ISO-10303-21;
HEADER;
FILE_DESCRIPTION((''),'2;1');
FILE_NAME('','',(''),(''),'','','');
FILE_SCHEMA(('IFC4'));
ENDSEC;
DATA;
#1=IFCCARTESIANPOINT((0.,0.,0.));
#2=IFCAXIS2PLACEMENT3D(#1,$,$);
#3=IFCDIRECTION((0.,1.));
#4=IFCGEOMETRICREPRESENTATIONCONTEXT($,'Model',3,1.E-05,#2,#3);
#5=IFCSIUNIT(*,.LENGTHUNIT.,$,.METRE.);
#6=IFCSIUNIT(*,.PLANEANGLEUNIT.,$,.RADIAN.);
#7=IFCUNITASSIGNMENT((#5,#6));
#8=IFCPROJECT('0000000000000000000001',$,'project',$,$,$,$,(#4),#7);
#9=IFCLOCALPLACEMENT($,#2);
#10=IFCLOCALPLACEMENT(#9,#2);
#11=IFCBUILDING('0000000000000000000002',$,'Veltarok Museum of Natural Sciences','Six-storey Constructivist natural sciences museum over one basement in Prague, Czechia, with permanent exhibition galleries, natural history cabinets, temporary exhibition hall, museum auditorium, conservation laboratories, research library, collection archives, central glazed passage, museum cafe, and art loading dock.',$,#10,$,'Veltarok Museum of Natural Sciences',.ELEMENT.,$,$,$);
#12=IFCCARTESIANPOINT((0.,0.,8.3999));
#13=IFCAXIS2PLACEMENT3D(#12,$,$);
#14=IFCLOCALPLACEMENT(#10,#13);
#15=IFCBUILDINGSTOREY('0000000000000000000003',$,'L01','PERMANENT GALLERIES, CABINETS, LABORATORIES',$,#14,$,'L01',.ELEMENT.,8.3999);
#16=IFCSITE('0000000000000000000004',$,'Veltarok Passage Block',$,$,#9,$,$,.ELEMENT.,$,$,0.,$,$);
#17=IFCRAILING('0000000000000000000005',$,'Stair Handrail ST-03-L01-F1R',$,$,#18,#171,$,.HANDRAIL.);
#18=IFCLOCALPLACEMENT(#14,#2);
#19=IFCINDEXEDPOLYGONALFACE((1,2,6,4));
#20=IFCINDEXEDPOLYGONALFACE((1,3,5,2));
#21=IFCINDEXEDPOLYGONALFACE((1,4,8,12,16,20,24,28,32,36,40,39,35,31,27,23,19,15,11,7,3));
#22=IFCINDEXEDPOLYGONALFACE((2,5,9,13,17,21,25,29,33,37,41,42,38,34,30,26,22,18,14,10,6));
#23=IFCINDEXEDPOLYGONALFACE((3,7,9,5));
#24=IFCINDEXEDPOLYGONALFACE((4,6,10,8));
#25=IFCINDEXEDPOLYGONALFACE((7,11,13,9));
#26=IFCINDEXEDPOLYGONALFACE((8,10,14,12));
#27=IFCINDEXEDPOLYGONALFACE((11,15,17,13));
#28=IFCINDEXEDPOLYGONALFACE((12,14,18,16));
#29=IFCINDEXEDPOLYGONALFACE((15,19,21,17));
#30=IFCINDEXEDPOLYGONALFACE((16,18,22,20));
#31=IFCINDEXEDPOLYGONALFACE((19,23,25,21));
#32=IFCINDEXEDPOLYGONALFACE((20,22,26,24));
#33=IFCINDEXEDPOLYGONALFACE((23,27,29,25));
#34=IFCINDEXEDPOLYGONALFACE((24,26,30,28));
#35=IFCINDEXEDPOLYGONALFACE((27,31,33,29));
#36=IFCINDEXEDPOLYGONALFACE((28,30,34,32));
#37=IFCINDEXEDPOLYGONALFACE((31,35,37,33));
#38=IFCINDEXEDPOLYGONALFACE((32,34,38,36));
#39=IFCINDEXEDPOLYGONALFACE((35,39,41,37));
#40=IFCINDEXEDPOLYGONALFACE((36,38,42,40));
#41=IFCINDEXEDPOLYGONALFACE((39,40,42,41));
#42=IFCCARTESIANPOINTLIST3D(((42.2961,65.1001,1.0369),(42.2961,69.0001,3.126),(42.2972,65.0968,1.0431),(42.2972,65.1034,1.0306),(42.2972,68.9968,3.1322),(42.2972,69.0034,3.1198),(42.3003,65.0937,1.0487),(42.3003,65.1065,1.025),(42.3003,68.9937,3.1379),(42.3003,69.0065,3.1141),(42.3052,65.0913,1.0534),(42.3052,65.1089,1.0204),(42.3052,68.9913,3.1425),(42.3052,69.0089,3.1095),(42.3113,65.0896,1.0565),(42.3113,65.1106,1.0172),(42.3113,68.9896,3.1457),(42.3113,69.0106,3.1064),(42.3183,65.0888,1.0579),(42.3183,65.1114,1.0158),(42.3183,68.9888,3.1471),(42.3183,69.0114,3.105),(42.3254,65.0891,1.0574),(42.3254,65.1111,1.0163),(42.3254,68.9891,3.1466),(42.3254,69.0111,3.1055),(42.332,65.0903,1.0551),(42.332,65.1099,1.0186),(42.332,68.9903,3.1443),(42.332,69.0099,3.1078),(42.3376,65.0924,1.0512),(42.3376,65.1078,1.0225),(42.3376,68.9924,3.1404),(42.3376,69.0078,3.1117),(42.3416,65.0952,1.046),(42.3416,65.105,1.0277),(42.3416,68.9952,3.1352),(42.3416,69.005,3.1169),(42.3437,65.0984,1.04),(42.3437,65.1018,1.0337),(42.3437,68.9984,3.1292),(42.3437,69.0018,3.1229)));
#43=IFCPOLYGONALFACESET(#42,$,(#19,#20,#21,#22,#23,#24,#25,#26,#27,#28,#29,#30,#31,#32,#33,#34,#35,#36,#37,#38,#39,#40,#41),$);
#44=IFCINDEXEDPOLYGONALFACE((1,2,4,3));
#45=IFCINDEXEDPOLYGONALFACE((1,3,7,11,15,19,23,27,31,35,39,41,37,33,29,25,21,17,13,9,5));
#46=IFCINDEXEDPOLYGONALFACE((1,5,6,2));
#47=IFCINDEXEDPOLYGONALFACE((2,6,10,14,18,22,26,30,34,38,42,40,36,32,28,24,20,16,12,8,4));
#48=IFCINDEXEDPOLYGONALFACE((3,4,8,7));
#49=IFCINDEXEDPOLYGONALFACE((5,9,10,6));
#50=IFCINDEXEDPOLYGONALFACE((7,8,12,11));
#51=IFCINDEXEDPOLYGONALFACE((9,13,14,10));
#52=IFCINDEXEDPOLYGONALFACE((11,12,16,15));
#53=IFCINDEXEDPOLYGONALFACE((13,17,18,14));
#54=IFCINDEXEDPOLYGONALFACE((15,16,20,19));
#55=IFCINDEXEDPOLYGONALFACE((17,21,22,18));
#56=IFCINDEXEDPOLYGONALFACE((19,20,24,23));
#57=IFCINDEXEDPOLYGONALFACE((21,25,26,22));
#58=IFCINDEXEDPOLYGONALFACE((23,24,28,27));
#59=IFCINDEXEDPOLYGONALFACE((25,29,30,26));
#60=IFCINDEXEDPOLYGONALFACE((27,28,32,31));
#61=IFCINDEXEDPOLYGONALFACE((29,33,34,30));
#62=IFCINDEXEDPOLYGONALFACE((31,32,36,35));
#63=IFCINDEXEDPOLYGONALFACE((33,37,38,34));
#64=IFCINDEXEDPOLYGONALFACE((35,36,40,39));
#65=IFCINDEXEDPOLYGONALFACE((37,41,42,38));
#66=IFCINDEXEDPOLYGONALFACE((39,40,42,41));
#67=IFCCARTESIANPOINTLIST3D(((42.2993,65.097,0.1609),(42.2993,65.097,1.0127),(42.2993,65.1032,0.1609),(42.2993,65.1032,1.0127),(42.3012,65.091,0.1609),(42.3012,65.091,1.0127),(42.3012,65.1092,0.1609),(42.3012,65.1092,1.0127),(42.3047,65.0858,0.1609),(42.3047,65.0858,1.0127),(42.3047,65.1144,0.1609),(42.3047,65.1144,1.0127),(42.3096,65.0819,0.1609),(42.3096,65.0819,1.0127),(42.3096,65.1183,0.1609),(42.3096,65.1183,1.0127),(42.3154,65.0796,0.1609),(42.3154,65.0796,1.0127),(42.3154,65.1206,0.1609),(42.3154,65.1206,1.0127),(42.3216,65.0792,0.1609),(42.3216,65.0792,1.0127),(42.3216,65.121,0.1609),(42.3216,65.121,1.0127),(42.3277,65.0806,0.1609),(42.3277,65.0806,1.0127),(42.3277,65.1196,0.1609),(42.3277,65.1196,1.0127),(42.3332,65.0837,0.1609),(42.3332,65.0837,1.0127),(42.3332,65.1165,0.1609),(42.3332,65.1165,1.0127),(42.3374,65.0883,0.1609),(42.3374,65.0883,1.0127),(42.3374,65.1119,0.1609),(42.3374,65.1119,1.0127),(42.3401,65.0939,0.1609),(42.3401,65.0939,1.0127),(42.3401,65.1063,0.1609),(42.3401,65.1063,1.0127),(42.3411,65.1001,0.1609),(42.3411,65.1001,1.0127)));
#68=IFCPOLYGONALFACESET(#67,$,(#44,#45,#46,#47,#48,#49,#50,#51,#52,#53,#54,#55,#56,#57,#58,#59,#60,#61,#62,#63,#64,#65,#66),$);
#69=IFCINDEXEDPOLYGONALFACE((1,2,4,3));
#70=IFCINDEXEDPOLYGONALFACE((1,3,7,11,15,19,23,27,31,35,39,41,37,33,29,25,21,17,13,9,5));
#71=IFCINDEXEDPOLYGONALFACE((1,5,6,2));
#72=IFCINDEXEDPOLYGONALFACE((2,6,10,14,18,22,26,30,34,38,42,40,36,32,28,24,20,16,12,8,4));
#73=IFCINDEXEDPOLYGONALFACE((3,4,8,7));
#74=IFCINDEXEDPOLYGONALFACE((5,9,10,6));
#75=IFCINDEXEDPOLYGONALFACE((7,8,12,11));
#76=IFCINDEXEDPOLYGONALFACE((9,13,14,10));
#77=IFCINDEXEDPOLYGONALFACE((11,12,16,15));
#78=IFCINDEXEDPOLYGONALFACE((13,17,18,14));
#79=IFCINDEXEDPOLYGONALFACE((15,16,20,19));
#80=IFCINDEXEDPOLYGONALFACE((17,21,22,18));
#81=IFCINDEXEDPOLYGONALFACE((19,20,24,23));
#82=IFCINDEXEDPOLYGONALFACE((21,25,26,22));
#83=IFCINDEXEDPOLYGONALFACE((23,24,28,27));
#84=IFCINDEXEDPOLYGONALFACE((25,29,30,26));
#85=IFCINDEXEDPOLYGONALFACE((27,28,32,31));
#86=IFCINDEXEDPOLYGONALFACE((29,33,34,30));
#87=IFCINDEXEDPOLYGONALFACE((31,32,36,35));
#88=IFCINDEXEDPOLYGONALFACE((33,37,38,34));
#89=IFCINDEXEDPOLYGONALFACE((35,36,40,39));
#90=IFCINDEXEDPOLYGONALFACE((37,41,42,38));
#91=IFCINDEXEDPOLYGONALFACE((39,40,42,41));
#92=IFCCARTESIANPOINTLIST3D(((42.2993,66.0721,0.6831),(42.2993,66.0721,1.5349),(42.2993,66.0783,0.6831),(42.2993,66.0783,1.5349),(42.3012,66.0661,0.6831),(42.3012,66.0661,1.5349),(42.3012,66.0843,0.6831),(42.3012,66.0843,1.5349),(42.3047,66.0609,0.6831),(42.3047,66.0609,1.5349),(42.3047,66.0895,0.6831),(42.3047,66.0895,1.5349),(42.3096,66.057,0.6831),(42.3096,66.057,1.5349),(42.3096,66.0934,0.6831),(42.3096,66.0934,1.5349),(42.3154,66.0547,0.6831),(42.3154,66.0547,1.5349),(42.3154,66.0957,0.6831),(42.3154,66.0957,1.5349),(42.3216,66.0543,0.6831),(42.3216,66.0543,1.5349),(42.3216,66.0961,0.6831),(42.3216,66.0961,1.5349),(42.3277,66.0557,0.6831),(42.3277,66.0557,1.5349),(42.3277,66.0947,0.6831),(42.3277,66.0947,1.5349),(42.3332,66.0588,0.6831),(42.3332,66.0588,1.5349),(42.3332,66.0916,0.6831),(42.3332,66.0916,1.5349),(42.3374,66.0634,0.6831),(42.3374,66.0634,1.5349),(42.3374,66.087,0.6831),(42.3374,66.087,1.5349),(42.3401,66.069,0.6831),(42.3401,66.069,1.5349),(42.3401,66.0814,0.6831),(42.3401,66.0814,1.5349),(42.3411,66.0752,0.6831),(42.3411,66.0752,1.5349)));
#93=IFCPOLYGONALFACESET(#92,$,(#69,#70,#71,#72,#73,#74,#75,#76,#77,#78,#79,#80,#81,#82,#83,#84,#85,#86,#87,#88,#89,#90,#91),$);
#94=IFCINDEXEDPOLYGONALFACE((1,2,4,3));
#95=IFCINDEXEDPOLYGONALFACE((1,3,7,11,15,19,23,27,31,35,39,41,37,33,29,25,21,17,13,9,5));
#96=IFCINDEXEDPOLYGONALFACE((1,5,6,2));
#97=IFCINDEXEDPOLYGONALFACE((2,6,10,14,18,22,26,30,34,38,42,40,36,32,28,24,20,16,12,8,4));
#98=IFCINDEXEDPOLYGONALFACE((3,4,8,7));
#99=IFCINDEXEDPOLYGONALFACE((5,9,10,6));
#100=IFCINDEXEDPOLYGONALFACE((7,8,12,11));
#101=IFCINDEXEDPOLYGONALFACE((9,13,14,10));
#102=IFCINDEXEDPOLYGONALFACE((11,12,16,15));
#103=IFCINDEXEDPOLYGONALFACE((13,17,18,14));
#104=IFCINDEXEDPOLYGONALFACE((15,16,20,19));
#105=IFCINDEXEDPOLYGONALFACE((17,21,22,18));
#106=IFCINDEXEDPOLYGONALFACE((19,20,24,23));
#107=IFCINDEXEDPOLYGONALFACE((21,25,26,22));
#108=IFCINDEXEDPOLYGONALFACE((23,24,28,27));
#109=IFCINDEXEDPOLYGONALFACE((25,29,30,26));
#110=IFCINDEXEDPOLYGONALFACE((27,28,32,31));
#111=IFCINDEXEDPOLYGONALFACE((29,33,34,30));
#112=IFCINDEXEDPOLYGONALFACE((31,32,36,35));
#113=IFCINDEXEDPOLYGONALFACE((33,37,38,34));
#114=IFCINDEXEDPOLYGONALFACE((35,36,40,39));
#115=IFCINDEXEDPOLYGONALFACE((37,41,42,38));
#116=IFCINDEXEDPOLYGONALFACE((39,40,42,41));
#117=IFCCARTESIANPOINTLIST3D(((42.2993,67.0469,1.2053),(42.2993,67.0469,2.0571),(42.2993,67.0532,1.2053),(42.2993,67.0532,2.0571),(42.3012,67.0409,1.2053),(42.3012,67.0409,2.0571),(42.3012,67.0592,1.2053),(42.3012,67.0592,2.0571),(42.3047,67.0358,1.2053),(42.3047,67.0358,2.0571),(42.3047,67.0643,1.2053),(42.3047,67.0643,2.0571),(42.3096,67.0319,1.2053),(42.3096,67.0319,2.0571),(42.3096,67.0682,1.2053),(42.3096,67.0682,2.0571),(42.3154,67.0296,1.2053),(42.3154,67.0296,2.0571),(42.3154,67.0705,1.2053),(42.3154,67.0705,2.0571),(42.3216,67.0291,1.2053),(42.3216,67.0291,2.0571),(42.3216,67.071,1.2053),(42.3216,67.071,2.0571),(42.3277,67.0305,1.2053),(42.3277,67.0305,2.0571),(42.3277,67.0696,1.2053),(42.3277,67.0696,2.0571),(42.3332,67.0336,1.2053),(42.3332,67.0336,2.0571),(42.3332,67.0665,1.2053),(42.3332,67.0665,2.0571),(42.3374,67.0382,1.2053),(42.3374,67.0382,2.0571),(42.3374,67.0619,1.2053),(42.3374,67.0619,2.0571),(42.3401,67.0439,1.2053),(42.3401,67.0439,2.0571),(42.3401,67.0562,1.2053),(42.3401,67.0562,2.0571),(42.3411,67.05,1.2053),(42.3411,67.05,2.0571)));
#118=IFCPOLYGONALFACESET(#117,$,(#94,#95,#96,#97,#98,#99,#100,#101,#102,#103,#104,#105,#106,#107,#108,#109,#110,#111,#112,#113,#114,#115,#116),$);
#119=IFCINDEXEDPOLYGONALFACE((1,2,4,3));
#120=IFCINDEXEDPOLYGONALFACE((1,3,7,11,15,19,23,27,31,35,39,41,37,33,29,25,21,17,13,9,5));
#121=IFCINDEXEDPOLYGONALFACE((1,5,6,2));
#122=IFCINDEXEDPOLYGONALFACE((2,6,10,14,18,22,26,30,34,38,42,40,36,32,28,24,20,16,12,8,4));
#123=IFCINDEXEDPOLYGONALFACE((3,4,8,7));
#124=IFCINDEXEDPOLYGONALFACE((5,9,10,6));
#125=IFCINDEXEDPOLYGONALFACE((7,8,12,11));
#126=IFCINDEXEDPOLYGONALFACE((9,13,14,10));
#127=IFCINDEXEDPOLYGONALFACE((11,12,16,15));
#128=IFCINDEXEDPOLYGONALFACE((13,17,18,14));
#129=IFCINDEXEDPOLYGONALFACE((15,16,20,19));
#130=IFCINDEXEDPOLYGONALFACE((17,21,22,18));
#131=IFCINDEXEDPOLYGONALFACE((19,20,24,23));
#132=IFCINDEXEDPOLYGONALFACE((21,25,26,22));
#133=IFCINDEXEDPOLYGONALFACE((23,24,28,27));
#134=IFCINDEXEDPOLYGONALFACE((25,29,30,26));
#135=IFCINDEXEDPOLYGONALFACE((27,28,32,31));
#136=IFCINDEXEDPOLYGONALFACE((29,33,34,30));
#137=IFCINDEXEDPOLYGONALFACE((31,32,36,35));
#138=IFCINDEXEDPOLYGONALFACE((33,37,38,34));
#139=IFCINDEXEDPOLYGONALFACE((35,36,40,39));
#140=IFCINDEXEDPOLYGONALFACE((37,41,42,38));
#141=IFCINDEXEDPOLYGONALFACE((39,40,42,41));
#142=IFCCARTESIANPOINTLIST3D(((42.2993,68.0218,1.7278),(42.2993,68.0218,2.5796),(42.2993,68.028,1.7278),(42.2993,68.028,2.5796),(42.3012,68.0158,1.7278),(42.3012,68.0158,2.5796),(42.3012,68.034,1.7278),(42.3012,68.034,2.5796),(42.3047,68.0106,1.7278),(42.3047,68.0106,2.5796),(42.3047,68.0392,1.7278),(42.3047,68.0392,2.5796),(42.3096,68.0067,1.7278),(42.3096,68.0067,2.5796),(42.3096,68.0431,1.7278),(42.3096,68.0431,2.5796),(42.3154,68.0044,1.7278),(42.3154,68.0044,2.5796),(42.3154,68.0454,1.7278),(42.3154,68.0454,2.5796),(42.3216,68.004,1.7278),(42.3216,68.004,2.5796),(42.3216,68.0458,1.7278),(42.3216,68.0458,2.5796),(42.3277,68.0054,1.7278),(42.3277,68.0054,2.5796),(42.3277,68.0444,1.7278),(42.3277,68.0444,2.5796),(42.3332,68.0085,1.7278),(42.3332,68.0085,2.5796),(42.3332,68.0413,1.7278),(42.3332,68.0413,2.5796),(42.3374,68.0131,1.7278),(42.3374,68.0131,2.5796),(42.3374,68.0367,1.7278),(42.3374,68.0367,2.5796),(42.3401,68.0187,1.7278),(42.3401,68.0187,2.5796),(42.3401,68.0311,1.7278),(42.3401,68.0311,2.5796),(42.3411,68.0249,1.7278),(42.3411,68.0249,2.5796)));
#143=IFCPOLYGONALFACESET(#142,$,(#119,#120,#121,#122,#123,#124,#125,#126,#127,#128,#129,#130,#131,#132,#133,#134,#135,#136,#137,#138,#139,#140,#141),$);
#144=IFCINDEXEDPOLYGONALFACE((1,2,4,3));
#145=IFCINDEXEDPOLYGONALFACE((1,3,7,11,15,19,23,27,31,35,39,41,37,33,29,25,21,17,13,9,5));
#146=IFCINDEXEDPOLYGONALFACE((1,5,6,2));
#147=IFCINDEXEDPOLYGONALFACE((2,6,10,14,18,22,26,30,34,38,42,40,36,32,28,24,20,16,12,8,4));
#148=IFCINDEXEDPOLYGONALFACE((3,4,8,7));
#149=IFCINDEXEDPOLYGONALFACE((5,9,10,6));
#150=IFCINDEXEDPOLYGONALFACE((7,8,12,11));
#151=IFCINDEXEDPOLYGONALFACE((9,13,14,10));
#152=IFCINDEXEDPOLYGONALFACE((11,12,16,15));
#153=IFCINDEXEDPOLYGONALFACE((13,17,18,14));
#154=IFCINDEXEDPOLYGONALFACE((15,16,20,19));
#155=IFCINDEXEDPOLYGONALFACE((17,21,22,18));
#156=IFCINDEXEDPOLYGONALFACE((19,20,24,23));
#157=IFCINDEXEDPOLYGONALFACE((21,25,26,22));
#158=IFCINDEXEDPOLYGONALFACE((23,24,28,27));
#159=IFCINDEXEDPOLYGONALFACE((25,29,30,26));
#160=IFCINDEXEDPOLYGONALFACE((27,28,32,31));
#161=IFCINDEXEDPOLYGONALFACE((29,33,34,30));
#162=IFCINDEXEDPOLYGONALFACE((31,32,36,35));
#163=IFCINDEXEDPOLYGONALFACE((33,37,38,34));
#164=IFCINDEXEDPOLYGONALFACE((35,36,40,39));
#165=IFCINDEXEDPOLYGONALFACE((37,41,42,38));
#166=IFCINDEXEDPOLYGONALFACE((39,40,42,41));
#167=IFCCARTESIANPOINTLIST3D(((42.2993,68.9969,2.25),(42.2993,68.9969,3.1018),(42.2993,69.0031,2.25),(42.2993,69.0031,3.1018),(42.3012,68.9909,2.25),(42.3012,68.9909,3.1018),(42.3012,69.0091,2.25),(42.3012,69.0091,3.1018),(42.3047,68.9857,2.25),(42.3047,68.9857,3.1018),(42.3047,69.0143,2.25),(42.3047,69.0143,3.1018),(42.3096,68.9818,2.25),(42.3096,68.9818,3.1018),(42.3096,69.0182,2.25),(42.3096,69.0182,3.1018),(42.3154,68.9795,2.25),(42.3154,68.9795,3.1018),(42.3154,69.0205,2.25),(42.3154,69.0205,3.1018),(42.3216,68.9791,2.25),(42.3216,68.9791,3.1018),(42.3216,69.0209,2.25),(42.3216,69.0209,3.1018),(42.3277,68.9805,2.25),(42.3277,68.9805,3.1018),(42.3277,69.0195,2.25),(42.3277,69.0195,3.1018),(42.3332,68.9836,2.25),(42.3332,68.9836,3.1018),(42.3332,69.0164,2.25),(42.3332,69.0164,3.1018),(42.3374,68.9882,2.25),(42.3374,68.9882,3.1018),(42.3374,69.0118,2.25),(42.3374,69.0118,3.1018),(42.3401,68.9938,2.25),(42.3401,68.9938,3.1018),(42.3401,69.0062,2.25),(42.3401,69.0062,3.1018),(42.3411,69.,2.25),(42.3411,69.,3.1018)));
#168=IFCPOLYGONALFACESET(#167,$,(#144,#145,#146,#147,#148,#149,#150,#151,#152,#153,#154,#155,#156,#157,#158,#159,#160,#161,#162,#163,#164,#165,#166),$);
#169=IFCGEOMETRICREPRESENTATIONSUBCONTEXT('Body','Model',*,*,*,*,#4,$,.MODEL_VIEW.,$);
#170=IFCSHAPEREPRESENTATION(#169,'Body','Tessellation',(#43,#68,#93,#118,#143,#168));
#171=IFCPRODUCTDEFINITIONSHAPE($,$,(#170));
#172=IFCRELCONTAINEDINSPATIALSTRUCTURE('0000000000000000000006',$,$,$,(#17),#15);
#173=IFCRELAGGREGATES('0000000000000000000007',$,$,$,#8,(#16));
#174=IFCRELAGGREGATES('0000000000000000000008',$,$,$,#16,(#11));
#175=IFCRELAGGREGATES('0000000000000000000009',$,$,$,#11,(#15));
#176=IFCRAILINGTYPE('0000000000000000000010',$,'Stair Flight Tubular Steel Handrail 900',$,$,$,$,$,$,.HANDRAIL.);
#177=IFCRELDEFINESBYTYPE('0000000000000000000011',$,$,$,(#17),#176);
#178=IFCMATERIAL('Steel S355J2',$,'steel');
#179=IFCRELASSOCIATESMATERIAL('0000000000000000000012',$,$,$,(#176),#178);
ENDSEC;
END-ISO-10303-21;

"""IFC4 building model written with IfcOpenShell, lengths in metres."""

from ifc_helpers import new_model, si_unit, direction, frame, origin, origin_2d, place, context, subcontext, project, spatial, circle, extrude, material, type_object, element, save


model = new_model("IFC4")

# Units and contexts
model_context = context("Model", 3, precision=1e-05, world=origin(), true_north=direction((0.0, 1.0)))
body_context = subcontext(model_context, "Body", "Model", "MODEL_VIEW")
ifc_project = project(units=[si_unit("LENGTHUNIT", "METRE"), si_unit("PLANEANGLEUNIT", "RADIAN")], contexts=[model_context])

# Site, building, storey
site_placement = place(None, origin())
site = spatial("IfcSite", under=ifc_project, at=site_placement, Name="Veltarok Passage Block", CompositionType="ELEMENT", RefElevation=0.0)
building_placement = place(site_placement, origin())
building = spatial("IfcBuilding", under=site, at=building_placement, Name="Veltarok Museum of Natural Sciences", Description="Six-storey Constructivist natural sciences museum over one basement in Prague, Czechia, with permanent exhibition galleries, natural history cabinets, temporary exhibition hall, museum auditorium, conservation laboratories, research library, collection archives, central glazed passage, museum cafe, and art loading dock.", LongName="Veltarok Museum of Natural Sciences", CompositionType="ELEMENT")
storey_placement = place(building_placement, frame((0.0, 0.0, 8.3999)))
storey = spatial("IfcBuildingStorey", under=building, at=storey_placement, Name="L01", Description="PERMANENT GALLERIES, CABINETS, LABORATORIES", LongName="L01", CompositionType="ELEMENT", Elevation=8.3999)

# Shared definitions
ifc_material_1 = material(Name="Steel S355J2", Category="steel")

# Railing
railing_type_1 = type_object("IfcRailingType", Name="Stair Flight Tubular Steel Handrail 900", PredefinedType="HANDRAIL", material=ifc_material_1)
for number, where, name in (
    (1, (42.3201, 65.1001, 0.1609), "Stair Handrail ST-03-L01-F1R"),
):
    element("IfcRailing", number, at=place(storey_placement, frame(where)), inside=storey, type_object=railing_type_1, Name=name, PredefinedType="HANDRAIL", context=body_context, shape_type="SweptSolid", body=[
        extrude(circle(Radius=0.0239, at=origin_2d()), frame((0.0, 0.0, 0.876), z_axis=(0.0, 0.881491, 0.4722), x_axis=(-1.0, 0.0, 0.0)), (0.0, 0.0, 1.0), 4.4243),
        extrude(circle(Radius=0.021, at=origin_2d()), origin(), (0.0, 0.0, 1.0), 0.8518),
        extrude(circle(Radius=0.021, at=origin_2d()), frame((0.0, 0.9751, 0.5222)), (0.0, 0.0, 1.0), 0.8518),
        extrude(circle(Radius=0.021, at=origin_2d()), frame((0.0, 1.95, 1.0444)), (0.0, 0.0, 1.0), 0.8518),
        extrude(circle(Radius=0.021, at=origin_2d()), frame((0.0, 2.9248, 1.5669)), (0.0, 0.0, 1.0), 0.8518),
        extrude(circle(Radius=0.021, at=origin_2d()), frame((0.0, 3.8999, 2.0891)), (0.0, 0.0, 1.0), 0.8518),
    ])

save(model, "model.ifc")
